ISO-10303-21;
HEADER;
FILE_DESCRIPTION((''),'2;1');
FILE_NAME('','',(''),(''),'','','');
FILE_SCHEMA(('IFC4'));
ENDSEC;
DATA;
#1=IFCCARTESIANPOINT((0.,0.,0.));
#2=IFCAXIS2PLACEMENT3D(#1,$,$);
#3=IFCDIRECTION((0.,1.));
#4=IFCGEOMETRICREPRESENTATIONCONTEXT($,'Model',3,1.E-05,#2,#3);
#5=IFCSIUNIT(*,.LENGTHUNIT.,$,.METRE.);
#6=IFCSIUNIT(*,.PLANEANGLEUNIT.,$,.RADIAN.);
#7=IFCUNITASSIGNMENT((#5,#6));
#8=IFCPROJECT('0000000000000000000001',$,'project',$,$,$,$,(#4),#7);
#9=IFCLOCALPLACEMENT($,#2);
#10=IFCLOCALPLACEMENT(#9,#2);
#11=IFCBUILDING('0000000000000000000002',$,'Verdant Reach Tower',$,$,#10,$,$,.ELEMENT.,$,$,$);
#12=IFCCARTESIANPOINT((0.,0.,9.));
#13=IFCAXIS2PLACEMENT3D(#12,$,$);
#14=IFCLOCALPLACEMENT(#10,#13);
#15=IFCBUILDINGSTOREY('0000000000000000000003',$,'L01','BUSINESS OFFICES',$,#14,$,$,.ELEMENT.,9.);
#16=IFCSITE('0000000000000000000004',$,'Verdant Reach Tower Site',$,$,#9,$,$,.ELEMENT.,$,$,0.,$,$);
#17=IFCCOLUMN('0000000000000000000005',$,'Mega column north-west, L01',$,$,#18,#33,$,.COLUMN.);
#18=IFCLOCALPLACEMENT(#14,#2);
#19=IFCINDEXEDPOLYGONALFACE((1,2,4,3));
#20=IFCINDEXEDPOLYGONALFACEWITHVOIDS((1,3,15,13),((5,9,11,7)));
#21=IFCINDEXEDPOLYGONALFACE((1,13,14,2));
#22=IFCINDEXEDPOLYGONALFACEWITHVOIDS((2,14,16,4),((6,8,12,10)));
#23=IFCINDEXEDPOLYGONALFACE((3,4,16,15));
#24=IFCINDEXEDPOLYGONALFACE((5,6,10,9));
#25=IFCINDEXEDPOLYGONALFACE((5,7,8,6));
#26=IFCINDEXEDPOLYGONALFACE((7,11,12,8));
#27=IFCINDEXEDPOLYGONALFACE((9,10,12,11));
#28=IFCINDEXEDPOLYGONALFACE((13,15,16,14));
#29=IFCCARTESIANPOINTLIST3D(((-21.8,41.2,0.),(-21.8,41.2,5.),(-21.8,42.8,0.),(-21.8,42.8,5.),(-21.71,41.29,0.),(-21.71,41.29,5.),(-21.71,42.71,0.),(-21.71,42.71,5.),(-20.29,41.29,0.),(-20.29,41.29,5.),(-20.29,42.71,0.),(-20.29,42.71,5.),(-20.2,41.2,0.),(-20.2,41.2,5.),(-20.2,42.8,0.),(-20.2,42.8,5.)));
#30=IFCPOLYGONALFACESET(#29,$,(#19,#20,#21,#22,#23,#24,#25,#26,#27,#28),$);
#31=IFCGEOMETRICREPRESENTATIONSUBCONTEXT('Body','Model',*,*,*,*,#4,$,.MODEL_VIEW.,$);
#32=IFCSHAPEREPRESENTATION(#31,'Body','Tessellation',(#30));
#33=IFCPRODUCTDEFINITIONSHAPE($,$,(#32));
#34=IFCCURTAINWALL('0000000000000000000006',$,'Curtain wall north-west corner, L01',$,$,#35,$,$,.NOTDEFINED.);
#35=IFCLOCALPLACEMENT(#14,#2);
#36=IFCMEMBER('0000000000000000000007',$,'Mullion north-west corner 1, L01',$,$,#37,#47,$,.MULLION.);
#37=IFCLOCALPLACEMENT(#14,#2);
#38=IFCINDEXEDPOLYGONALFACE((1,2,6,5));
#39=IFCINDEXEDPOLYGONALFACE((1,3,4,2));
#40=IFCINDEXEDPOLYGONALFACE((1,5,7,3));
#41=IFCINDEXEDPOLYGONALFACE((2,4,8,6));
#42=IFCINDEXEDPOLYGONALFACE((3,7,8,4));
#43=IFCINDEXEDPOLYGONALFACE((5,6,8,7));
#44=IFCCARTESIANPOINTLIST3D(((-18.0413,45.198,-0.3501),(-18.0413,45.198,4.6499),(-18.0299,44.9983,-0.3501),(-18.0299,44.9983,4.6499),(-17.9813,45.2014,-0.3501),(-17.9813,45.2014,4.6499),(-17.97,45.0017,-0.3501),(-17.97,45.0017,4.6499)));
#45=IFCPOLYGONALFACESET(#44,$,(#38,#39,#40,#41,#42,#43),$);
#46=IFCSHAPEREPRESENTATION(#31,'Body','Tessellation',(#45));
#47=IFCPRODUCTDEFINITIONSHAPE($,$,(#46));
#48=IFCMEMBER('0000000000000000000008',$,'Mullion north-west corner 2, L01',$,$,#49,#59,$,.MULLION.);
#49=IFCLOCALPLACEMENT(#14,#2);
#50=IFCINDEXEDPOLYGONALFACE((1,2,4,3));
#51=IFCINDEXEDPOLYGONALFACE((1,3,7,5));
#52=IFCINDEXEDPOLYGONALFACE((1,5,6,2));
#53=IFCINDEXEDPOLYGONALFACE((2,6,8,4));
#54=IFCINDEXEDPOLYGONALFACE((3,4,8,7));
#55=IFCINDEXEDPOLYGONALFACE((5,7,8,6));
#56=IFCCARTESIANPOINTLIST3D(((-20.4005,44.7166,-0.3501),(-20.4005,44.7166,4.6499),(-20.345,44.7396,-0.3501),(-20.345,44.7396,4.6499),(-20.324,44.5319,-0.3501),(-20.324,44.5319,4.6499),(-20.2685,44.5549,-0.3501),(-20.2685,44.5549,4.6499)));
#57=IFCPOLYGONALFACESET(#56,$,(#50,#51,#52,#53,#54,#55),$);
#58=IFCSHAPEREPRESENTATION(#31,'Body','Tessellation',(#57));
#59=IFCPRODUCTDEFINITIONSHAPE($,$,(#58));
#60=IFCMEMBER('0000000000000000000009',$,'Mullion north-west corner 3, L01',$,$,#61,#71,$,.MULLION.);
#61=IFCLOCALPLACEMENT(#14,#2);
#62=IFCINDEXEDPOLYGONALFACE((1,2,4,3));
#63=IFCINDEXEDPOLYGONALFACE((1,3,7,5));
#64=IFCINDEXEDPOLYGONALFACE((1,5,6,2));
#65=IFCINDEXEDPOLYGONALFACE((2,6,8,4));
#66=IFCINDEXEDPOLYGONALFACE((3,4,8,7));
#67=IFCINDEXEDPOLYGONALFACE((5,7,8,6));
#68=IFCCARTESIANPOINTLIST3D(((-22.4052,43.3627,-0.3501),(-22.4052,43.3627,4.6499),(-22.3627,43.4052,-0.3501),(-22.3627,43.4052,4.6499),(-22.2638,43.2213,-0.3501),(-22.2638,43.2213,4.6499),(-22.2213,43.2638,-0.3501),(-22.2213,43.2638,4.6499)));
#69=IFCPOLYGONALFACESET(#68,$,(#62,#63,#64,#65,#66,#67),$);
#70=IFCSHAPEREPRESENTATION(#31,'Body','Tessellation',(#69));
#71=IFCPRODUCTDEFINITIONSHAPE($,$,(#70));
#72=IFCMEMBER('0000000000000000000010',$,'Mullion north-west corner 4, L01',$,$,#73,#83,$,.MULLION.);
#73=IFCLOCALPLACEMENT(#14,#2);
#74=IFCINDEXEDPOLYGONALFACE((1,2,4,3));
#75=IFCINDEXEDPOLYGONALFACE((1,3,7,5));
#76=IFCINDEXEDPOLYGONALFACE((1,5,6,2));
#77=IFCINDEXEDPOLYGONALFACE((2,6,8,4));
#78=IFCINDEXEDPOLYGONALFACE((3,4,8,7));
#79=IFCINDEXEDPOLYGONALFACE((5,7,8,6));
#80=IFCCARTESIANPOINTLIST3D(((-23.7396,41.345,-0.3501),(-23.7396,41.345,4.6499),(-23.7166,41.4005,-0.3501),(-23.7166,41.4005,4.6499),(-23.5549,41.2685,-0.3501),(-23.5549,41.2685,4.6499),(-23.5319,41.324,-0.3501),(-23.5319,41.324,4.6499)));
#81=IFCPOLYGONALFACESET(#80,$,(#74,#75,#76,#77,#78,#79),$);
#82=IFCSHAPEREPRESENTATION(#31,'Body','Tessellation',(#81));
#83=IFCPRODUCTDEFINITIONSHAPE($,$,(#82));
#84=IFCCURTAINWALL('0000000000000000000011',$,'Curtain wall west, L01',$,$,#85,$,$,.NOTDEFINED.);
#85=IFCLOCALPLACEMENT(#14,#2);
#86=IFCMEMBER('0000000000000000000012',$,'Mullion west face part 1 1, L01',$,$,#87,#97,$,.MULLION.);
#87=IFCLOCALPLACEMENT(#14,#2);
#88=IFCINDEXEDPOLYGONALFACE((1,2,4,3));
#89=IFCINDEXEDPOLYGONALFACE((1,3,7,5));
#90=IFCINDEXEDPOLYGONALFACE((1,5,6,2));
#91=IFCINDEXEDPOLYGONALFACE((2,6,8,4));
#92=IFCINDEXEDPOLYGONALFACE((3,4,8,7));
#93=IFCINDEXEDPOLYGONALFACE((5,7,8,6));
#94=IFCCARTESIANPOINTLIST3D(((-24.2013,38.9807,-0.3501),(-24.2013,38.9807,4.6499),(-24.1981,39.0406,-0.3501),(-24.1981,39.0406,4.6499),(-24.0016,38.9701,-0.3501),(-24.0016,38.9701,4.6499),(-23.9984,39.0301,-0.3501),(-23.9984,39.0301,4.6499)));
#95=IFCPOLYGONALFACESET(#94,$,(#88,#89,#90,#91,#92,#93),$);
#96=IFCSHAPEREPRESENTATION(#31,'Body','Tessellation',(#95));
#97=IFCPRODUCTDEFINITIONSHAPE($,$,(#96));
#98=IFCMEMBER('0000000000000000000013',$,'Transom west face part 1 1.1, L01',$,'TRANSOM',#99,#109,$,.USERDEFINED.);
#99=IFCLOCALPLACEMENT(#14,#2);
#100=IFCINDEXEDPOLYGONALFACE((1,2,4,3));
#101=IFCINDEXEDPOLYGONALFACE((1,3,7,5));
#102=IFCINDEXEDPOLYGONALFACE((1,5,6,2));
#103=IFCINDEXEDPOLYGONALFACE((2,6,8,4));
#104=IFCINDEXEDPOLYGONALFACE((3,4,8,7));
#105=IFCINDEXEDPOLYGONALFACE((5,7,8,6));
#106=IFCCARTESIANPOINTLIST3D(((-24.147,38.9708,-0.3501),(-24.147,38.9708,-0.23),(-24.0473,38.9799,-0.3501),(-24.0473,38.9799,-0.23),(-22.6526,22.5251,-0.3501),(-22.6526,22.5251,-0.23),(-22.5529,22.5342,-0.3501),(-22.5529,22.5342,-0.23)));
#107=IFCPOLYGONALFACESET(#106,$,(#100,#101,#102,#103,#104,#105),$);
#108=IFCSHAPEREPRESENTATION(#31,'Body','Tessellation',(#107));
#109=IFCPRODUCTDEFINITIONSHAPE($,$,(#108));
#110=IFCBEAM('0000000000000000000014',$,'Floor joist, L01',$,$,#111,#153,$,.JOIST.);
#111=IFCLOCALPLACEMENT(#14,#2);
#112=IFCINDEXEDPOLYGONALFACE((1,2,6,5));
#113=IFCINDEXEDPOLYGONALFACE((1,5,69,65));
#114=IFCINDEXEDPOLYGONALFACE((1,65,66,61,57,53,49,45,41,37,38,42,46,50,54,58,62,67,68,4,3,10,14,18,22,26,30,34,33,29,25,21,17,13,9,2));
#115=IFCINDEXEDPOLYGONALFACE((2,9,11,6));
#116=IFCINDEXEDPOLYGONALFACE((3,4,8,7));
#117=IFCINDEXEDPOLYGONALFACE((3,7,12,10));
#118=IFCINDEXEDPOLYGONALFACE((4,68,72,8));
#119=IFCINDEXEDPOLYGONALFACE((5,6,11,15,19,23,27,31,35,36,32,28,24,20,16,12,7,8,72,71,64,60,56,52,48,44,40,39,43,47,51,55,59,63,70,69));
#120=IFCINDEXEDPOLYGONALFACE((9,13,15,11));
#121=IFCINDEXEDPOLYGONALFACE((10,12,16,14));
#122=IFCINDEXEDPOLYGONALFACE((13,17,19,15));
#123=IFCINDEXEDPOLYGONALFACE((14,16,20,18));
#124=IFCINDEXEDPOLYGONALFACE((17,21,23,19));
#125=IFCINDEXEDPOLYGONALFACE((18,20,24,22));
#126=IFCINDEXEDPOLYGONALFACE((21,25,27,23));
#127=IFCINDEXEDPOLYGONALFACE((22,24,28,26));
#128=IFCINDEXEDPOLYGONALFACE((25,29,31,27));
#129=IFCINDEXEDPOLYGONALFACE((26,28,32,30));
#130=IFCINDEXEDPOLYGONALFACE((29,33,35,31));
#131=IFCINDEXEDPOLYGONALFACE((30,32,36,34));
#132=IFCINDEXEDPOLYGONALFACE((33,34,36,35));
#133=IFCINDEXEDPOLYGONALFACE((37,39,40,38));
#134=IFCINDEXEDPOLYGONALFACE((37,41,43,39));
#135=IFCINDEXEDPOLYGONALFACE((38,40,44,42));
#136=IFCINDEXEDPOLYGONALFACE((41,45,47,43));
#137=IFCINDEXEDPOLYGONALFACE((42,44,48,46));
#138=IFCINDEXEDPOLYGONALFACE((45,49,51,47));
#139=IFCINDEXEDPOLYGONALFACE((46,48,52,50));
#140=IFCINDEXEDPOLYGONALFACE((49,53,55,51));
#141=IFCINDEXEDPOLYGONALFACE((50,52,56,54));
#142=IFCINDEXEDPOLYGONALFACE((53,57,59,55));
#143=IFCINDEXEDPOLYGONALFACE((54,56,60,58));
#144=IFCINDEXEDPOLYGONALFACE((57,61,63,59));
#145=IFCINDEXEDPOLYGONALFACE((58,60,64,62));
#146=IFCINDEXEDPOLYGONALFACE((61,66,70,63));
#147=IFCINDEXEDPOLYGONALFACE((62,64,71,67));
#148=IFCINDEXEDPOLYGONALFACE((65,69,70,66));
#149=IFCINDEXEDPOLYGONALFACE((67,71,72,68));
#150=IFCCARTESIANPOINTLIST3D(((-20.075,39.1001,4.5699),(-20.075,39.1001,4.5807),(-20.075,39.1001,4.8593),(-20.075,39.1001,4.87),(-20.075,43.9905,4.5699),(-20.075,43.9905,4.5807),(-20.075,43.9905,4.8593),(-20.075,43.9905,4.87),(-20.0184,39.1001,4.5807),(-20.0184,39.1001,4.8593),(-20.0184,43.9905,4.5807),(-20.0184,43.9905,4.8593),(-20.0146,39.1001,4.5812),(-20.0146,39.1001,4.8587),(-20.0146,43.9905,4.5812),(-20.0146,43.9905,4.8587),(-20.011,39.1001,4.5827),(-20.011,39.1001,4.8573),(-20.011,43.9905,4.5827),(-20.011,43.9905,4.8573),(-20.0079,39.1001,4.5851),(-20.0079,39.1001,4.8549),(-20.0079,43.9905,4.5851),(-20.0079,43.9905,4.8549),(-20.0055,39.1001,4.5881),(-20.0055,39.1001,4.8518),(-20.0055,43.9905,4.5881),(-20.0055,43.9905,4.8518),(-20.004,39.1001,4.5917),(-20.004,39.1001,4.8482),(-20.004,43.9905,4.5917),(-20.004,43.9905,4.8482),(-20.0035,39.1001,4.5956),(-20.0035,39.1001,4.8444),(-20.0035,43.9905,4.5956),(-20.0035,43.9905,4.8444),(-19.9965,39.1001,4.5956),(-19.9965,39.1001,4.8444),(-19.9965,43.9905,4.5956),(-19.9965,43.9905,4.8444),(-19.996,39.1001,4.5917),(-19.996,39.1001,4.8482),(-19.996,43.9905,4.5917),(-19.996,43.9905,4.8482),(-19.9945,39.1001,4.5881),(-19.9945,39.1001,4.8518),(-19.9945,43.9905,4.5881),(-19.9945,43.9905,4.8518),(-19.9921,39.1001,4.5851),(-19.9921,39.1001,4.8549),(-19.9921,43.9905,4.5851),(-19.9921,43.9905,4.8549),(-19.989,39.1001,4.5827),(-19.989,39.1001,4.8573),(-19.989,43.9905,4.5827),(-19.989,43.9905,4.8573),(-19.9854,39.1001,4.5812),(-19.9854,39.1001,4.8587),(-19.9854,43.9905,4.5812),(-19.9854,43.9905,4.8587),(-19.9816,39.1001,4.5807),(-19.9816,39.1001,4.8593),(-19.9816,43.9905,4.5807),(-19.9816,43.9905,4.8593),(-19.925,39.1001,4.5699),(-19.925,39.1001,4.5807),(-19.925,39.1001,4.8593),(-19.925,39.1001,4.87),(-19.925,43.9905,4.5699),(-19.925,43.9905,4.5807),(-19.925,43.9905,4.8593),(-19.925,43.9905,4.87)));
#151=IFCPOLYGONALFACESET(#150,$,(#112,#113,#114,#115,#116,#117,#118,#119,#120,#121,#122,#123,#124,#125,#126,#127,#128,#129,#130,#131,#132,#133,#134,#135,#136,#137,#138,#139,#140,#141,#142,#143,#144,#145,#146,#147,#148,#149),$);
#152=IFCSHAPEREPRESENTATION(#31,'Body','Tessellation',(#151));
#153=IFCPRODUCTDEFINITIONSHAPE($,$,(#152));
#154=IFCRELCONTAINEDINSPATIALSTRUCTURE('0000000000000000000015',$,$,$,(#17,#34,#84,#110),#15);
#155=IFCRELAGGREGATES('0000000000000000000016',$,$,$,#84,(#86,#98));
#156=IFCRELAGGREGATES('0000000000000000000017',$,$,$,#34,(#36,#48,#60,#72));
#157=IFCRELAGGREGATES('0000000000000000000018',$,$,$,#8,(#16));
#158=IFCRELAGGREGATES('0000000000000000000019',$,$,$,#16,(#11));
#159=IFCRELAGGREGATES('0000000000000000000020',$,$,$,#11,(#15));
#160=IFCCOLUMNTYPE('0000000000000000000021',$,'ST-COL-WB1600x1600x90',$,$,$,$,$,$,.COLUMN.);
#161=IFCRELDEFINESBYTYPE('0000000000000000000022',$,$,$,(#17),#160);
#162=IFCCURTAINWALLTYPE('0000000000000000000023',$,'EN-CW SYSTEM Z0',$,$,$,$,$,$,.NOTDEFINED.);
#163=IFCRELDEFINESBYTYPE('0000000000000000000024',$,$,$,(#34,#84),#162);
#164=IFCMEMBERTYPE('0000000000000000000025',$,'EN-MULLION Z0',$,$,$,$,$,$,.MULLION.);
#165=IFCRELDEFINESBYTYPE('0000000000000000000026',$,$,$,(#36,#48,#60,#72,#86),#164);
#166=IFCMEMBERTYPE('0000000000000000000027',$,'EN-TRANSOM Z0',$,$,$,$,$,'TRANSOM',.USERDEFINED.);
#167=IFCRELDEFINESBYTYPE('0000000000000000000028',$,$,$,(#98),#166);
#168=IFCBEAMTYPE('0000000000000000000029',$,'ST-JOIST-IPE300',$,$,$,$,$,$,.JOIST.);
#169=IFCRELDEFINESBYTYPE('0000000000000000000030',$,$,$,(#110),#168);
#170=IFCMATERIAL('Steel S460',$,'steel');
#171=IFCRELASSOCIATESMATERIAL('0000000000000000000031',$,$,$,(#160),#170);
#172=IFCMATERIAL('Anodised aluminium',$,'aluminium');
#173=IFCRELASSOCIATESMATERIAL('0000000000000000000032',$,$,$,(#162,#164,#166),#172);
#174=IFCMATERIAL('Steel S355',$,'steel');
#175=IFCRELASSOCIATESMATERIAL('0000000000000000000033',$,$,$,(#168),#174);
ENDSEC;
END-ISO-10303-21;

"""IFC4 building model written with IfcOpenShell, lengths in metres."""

from ifc_helpers import new_model, si_unit, direction, frame, origin, origin_2d, place, context, subcontext, project, spatial, rectangle, hollow_rectangle, i_section, extrude, material, material_profile, profile_set, type_object, element, aggregate, save


model = new_model("IFC4")

# Units and contexts
model_context = context("Model", 3, precision=1e-05, world=origin(), true_north=direction((0.0, 1.0)))
body_context = subcontext(model_context, "Body", "Model", "MODEL_VIEW")
ifc_project = project(units=[si_unit("LENGTHUNIT", "METRE"), si_unit("PLANEANGLEUNIT", "RADIAN")], contexts=[model_context])

# Site, building, storey
site_placement = place(None, origin())
site = spatial("IfcSite", under=ifc_project, at=site_placement, Name="Verdant Reach Tower Site", CompositionType="ELEMENT", RefElevation=0.0)
building_placement = place(site_placement, origin())
building = spatial("IfcBuilding", under=site, at=building_placement, Name="Verdant Reach Tower", CompositionType="ELEMENT")
storey_placement = place(building_placement, frame((0.0, 0.0, 9.0)))
storey = spatial("IfcBuildingStorey", under=building, at=storey_placement, Name="L01", Description="BUSINESS OFFICES", CompositionType="ELEMENT", Elevation=9.0)

# Column
ifc_material_1 = material(Name="Steel S460", Category="steel")
ifc_material_profile_1 = material_profile(ifc_material_1, hollow_rectangle(XDim=1.6001, YDim=1.6001, WallThickness=0.0901, at=origin_2d()), Name="WB 1600x1600x90")
ifc_profile_set_1 = profile_set([ifc_material_profile_1], Name="Steel S460")
column_type = type_object("IfcColumnType", Name="ST-COL-WB1600x1600x90", PredefinedType="COLUMN", material=ifc_profile_set_1)
column_placement = place(storey_placement, frame((-21.0, 42.0, 0.0), z_axis=(0.0, 0.0, 1.0), x_axis=(1.0, 0.0, 0.0)))
element("IfcColumn", 1, at=column_placement, inside=storey, type_object=column_type, Name="Mega column north-west, L01", PredefinedType="COLUMN", context=body_context, shape_type="SweptSolid", body=[
    extrude(hollow_rectangle(XDim=1.6001, YDim=1.6001, WallThickness=0.0901, at=origin_2d()), origin(), (0.0, 0.0, 1.0), 5.0),
])

# Curtain walls, members
ifc_material_2 = material(Name="Anodised aluminium", Category="aluminium")
curtain_wall_type = type_object("IfcCurtainWallType", Name="EN-CW SYSTEM Z0", PredefinedType="NOTDEFINED", material=ifc_material_2)
curtain_wall_1_placement = place(storey_placement, origin())
curtain_wall_1 = element("IfcCurtainWall", 2, at=curtain_wall_1_placement, inside=storey, type_object=curtain_wall_type, Name="Curtain wall north-west corner, L01", PredefinedType="NOTDEFINED")
ifc_material_profile_2 = material_profile(ifc_material_2, rectangle(XDim=0.2, YDim=0.0601, at=origin_2d()), Name="Mullion 60x200")
ifc_profile_set_2 = profile_set([ifc_material_profile_2], Name="Anodised aluminium")
member_type_1 = type_object("IfcMemberType", Name="EN-MULLION Z0", PredefinedType="MULLION", material=ifc_profile_set_2)
member_1_placement = place(storey_placement, frame((-18.0056, 45.0999, -0.3501), z_axis=(0.0, 0.0, 1.0), x_axis=(-0.056569, 0.998399, 0.0)))
member_1 = element("IfcMember", 3, at=member_1_placement, type_object=member_type_1, Name="Mullion north-west corner 1, L01", PredefinedType="MULLION", context=body_context, shape_type="SweptSolid", body=[
    extrude(rectangle(XDim=0.2, YDim=0.0601, at=origin_2d()), origin(), (0.0, 0.0, 1.0), 5.0),
])
member_2_placement = place(storey_placement, frame((-20.3345, 44.6357, -0.3501), z_axis=(0.0, 0.0, 1.0), x_axis=(-0.382694, 0.923875, 0.0)))
member_2 = element("IfcMember", 4, at=member_2_placement, type_object=member_type_1, Name="Mullion north-west corner 2, L01", PredefinedType="MULLION", context=body_context, shape_type="SweptSolid", body=[
    extrude(rectangle(XDim=0.2, YDim=0.0601, at=origin_2d()), origin(), (0.0, 0.0, 1.0), 5.0),
])
member_3_placement = place(storey_placement, frame((-22.3132, 43.3132, -0.3501), z_axis=(0.0, 0.0, 1.0), x_axis=(-0.707107, 0.707107, 0.0)))
member_3 = element("IfcMember", 5, at=member_3_placement, type_object=member_type_1, Name="Mullion north-west corner 3, L01", PredefinedType="MULLION", context=body_context, shape_type="SweptSolid", body=[
    extrude(rectangle(XDim=0.2, YDim=0.0601, at=origin_2d()), origin(), (0.0, 0.0, 1.0), 5.0),
])
member_4_placement = place(storey_placement, frame((-23.6357, 41.3345, -0.3501), z_axis=(0.0, 0.0, 1.0), x_axis=(-0.923875, 0.382694, 0.0)))
member_4 = element("IfcMember", 6, at=member_4_placement, type_object=member_type_1, Name="Mullion north-west corner 4, L01", PredefinedType="MULLION", context=body_context, shape_type="SweptSolid", body=[
    extrude(rectangle(XDim=0.2, YDim=0.0601, at=origin_2d()), origin(), (0.0, 0.0, 1.0), 5.0),
])
curtain_wall_2_placement = place(storey_placement, origin())
curtain_wall_2 = element("IfcCurtainWall", 7, at=curtain_wall_2_placement, inside=storey, type_object=curtain_wall_type, Name="Curtain wall west, L01", PredefinedType="NOTDEFINED")
member_5_placement = place(storey_placement, frame((-24.0999, 39.0054, -0.3501), z_axis=(0.0, 0.0, 1.0), x_axis=(-0.998604, 0.052815, 0.0)))
member_5 = element("IfcMember", 8, at=member_5_placement, type_object=member_type_1, Name="Mullion west face part 1 1, L01", PredefinedType="MULLION", context=body_context, shape_type="SweptSolid", body=[
    extrude(rectangle(XDim=0.2, YDim=0.0601, at=origin_2d()), origin(), (0.0, 0.0, 1.0), 5.0),
])
ifc_material_profile_3 = material_profile(ifc_material_2, rectangle(XDim=0.1001, YDim=0.1201, at=origin_2d()), Name="Transom 120x100")
ifc_profile_set_3 = profile_set([ifc_material_profile_3], Name="Anodised aluminium")
member_type_2 = type_object("IfcMemberType", Name="EN-TRANSOM Z0", ElementType="TRANSOM", PredefinedType="USERDEFINED", material=ifc_profile_set_3)
member_6_placement = place(storey_placement, frame((-24.0972, 38.9753, -0.29), z_axis=(0.090496, -0.995897, 0.0), x_axis=(0.995897, 0.090496, 0.0)))
member_6 = element("IfcMember", 9, at=member_6_placement, type_object=member_type_2, Name="Transom west face part 1 1.1, L01", ObjectType="TRANSOM", PredefinedType="USERDEFINED", context=body_context, shape_type="SweptSolid", body=[
    extrude(rectangle(XDim=0.1001, YDim=0.1201, at=origin_2d()), origin(), (0.0, 0.0, 1.0), 16.5134),
])
aggregate(curtain_wall_2, [member_5, member_6])

# Beam
ifc_material_3 = material(Name="Steel S355", Category="steel")
ifc_material_profile_4 = material_profile(ifc_material_3, i_section(OverallWidth=0.1499, OverallDepth=0.3, WebThickness=0.0071, FlangeThickness=0.0107, FilletRadius=0.0149, at=origin_2d()), Name="IPE 300")
ifc_profile_set_4 = profile_set([ifc_material_profile_4], Name="Steel S355")
beam_type_1 = type_object("IfcBeamType", Name="ST-JOIST-IPE300", PredefinedType="JOIST", material=ifc_profile_set_4)
beam_1_placement = place(storey_placement, frame((-20.0, 39.1001, 4.72), z_axis=(0.0, 1.0, 0.0), x_axis=(-1.0, 0.0, 0.0)))
element("IfcBeam", 10, at=beam_1_placement, inside=storey, type_object=beam_type_1, Name="Floor joist, L01", PredefinedType="JOIST", context=body_context, shape_type="SweptSolid", body=[
    extrude(i_section(OverallWidth=0.1499, OverallDepth=0.3, WebThickness=0.0071, FlangeThickness=0.0107, FilletRadius=0.0149, at=origin_2d()), origin(), (0.0, 0.0, 1.0), 4.8904),
])

aggregate(curtain_wall_1, [member_1, member_2, member_3, member_4])

save(model, "model.ifc")
